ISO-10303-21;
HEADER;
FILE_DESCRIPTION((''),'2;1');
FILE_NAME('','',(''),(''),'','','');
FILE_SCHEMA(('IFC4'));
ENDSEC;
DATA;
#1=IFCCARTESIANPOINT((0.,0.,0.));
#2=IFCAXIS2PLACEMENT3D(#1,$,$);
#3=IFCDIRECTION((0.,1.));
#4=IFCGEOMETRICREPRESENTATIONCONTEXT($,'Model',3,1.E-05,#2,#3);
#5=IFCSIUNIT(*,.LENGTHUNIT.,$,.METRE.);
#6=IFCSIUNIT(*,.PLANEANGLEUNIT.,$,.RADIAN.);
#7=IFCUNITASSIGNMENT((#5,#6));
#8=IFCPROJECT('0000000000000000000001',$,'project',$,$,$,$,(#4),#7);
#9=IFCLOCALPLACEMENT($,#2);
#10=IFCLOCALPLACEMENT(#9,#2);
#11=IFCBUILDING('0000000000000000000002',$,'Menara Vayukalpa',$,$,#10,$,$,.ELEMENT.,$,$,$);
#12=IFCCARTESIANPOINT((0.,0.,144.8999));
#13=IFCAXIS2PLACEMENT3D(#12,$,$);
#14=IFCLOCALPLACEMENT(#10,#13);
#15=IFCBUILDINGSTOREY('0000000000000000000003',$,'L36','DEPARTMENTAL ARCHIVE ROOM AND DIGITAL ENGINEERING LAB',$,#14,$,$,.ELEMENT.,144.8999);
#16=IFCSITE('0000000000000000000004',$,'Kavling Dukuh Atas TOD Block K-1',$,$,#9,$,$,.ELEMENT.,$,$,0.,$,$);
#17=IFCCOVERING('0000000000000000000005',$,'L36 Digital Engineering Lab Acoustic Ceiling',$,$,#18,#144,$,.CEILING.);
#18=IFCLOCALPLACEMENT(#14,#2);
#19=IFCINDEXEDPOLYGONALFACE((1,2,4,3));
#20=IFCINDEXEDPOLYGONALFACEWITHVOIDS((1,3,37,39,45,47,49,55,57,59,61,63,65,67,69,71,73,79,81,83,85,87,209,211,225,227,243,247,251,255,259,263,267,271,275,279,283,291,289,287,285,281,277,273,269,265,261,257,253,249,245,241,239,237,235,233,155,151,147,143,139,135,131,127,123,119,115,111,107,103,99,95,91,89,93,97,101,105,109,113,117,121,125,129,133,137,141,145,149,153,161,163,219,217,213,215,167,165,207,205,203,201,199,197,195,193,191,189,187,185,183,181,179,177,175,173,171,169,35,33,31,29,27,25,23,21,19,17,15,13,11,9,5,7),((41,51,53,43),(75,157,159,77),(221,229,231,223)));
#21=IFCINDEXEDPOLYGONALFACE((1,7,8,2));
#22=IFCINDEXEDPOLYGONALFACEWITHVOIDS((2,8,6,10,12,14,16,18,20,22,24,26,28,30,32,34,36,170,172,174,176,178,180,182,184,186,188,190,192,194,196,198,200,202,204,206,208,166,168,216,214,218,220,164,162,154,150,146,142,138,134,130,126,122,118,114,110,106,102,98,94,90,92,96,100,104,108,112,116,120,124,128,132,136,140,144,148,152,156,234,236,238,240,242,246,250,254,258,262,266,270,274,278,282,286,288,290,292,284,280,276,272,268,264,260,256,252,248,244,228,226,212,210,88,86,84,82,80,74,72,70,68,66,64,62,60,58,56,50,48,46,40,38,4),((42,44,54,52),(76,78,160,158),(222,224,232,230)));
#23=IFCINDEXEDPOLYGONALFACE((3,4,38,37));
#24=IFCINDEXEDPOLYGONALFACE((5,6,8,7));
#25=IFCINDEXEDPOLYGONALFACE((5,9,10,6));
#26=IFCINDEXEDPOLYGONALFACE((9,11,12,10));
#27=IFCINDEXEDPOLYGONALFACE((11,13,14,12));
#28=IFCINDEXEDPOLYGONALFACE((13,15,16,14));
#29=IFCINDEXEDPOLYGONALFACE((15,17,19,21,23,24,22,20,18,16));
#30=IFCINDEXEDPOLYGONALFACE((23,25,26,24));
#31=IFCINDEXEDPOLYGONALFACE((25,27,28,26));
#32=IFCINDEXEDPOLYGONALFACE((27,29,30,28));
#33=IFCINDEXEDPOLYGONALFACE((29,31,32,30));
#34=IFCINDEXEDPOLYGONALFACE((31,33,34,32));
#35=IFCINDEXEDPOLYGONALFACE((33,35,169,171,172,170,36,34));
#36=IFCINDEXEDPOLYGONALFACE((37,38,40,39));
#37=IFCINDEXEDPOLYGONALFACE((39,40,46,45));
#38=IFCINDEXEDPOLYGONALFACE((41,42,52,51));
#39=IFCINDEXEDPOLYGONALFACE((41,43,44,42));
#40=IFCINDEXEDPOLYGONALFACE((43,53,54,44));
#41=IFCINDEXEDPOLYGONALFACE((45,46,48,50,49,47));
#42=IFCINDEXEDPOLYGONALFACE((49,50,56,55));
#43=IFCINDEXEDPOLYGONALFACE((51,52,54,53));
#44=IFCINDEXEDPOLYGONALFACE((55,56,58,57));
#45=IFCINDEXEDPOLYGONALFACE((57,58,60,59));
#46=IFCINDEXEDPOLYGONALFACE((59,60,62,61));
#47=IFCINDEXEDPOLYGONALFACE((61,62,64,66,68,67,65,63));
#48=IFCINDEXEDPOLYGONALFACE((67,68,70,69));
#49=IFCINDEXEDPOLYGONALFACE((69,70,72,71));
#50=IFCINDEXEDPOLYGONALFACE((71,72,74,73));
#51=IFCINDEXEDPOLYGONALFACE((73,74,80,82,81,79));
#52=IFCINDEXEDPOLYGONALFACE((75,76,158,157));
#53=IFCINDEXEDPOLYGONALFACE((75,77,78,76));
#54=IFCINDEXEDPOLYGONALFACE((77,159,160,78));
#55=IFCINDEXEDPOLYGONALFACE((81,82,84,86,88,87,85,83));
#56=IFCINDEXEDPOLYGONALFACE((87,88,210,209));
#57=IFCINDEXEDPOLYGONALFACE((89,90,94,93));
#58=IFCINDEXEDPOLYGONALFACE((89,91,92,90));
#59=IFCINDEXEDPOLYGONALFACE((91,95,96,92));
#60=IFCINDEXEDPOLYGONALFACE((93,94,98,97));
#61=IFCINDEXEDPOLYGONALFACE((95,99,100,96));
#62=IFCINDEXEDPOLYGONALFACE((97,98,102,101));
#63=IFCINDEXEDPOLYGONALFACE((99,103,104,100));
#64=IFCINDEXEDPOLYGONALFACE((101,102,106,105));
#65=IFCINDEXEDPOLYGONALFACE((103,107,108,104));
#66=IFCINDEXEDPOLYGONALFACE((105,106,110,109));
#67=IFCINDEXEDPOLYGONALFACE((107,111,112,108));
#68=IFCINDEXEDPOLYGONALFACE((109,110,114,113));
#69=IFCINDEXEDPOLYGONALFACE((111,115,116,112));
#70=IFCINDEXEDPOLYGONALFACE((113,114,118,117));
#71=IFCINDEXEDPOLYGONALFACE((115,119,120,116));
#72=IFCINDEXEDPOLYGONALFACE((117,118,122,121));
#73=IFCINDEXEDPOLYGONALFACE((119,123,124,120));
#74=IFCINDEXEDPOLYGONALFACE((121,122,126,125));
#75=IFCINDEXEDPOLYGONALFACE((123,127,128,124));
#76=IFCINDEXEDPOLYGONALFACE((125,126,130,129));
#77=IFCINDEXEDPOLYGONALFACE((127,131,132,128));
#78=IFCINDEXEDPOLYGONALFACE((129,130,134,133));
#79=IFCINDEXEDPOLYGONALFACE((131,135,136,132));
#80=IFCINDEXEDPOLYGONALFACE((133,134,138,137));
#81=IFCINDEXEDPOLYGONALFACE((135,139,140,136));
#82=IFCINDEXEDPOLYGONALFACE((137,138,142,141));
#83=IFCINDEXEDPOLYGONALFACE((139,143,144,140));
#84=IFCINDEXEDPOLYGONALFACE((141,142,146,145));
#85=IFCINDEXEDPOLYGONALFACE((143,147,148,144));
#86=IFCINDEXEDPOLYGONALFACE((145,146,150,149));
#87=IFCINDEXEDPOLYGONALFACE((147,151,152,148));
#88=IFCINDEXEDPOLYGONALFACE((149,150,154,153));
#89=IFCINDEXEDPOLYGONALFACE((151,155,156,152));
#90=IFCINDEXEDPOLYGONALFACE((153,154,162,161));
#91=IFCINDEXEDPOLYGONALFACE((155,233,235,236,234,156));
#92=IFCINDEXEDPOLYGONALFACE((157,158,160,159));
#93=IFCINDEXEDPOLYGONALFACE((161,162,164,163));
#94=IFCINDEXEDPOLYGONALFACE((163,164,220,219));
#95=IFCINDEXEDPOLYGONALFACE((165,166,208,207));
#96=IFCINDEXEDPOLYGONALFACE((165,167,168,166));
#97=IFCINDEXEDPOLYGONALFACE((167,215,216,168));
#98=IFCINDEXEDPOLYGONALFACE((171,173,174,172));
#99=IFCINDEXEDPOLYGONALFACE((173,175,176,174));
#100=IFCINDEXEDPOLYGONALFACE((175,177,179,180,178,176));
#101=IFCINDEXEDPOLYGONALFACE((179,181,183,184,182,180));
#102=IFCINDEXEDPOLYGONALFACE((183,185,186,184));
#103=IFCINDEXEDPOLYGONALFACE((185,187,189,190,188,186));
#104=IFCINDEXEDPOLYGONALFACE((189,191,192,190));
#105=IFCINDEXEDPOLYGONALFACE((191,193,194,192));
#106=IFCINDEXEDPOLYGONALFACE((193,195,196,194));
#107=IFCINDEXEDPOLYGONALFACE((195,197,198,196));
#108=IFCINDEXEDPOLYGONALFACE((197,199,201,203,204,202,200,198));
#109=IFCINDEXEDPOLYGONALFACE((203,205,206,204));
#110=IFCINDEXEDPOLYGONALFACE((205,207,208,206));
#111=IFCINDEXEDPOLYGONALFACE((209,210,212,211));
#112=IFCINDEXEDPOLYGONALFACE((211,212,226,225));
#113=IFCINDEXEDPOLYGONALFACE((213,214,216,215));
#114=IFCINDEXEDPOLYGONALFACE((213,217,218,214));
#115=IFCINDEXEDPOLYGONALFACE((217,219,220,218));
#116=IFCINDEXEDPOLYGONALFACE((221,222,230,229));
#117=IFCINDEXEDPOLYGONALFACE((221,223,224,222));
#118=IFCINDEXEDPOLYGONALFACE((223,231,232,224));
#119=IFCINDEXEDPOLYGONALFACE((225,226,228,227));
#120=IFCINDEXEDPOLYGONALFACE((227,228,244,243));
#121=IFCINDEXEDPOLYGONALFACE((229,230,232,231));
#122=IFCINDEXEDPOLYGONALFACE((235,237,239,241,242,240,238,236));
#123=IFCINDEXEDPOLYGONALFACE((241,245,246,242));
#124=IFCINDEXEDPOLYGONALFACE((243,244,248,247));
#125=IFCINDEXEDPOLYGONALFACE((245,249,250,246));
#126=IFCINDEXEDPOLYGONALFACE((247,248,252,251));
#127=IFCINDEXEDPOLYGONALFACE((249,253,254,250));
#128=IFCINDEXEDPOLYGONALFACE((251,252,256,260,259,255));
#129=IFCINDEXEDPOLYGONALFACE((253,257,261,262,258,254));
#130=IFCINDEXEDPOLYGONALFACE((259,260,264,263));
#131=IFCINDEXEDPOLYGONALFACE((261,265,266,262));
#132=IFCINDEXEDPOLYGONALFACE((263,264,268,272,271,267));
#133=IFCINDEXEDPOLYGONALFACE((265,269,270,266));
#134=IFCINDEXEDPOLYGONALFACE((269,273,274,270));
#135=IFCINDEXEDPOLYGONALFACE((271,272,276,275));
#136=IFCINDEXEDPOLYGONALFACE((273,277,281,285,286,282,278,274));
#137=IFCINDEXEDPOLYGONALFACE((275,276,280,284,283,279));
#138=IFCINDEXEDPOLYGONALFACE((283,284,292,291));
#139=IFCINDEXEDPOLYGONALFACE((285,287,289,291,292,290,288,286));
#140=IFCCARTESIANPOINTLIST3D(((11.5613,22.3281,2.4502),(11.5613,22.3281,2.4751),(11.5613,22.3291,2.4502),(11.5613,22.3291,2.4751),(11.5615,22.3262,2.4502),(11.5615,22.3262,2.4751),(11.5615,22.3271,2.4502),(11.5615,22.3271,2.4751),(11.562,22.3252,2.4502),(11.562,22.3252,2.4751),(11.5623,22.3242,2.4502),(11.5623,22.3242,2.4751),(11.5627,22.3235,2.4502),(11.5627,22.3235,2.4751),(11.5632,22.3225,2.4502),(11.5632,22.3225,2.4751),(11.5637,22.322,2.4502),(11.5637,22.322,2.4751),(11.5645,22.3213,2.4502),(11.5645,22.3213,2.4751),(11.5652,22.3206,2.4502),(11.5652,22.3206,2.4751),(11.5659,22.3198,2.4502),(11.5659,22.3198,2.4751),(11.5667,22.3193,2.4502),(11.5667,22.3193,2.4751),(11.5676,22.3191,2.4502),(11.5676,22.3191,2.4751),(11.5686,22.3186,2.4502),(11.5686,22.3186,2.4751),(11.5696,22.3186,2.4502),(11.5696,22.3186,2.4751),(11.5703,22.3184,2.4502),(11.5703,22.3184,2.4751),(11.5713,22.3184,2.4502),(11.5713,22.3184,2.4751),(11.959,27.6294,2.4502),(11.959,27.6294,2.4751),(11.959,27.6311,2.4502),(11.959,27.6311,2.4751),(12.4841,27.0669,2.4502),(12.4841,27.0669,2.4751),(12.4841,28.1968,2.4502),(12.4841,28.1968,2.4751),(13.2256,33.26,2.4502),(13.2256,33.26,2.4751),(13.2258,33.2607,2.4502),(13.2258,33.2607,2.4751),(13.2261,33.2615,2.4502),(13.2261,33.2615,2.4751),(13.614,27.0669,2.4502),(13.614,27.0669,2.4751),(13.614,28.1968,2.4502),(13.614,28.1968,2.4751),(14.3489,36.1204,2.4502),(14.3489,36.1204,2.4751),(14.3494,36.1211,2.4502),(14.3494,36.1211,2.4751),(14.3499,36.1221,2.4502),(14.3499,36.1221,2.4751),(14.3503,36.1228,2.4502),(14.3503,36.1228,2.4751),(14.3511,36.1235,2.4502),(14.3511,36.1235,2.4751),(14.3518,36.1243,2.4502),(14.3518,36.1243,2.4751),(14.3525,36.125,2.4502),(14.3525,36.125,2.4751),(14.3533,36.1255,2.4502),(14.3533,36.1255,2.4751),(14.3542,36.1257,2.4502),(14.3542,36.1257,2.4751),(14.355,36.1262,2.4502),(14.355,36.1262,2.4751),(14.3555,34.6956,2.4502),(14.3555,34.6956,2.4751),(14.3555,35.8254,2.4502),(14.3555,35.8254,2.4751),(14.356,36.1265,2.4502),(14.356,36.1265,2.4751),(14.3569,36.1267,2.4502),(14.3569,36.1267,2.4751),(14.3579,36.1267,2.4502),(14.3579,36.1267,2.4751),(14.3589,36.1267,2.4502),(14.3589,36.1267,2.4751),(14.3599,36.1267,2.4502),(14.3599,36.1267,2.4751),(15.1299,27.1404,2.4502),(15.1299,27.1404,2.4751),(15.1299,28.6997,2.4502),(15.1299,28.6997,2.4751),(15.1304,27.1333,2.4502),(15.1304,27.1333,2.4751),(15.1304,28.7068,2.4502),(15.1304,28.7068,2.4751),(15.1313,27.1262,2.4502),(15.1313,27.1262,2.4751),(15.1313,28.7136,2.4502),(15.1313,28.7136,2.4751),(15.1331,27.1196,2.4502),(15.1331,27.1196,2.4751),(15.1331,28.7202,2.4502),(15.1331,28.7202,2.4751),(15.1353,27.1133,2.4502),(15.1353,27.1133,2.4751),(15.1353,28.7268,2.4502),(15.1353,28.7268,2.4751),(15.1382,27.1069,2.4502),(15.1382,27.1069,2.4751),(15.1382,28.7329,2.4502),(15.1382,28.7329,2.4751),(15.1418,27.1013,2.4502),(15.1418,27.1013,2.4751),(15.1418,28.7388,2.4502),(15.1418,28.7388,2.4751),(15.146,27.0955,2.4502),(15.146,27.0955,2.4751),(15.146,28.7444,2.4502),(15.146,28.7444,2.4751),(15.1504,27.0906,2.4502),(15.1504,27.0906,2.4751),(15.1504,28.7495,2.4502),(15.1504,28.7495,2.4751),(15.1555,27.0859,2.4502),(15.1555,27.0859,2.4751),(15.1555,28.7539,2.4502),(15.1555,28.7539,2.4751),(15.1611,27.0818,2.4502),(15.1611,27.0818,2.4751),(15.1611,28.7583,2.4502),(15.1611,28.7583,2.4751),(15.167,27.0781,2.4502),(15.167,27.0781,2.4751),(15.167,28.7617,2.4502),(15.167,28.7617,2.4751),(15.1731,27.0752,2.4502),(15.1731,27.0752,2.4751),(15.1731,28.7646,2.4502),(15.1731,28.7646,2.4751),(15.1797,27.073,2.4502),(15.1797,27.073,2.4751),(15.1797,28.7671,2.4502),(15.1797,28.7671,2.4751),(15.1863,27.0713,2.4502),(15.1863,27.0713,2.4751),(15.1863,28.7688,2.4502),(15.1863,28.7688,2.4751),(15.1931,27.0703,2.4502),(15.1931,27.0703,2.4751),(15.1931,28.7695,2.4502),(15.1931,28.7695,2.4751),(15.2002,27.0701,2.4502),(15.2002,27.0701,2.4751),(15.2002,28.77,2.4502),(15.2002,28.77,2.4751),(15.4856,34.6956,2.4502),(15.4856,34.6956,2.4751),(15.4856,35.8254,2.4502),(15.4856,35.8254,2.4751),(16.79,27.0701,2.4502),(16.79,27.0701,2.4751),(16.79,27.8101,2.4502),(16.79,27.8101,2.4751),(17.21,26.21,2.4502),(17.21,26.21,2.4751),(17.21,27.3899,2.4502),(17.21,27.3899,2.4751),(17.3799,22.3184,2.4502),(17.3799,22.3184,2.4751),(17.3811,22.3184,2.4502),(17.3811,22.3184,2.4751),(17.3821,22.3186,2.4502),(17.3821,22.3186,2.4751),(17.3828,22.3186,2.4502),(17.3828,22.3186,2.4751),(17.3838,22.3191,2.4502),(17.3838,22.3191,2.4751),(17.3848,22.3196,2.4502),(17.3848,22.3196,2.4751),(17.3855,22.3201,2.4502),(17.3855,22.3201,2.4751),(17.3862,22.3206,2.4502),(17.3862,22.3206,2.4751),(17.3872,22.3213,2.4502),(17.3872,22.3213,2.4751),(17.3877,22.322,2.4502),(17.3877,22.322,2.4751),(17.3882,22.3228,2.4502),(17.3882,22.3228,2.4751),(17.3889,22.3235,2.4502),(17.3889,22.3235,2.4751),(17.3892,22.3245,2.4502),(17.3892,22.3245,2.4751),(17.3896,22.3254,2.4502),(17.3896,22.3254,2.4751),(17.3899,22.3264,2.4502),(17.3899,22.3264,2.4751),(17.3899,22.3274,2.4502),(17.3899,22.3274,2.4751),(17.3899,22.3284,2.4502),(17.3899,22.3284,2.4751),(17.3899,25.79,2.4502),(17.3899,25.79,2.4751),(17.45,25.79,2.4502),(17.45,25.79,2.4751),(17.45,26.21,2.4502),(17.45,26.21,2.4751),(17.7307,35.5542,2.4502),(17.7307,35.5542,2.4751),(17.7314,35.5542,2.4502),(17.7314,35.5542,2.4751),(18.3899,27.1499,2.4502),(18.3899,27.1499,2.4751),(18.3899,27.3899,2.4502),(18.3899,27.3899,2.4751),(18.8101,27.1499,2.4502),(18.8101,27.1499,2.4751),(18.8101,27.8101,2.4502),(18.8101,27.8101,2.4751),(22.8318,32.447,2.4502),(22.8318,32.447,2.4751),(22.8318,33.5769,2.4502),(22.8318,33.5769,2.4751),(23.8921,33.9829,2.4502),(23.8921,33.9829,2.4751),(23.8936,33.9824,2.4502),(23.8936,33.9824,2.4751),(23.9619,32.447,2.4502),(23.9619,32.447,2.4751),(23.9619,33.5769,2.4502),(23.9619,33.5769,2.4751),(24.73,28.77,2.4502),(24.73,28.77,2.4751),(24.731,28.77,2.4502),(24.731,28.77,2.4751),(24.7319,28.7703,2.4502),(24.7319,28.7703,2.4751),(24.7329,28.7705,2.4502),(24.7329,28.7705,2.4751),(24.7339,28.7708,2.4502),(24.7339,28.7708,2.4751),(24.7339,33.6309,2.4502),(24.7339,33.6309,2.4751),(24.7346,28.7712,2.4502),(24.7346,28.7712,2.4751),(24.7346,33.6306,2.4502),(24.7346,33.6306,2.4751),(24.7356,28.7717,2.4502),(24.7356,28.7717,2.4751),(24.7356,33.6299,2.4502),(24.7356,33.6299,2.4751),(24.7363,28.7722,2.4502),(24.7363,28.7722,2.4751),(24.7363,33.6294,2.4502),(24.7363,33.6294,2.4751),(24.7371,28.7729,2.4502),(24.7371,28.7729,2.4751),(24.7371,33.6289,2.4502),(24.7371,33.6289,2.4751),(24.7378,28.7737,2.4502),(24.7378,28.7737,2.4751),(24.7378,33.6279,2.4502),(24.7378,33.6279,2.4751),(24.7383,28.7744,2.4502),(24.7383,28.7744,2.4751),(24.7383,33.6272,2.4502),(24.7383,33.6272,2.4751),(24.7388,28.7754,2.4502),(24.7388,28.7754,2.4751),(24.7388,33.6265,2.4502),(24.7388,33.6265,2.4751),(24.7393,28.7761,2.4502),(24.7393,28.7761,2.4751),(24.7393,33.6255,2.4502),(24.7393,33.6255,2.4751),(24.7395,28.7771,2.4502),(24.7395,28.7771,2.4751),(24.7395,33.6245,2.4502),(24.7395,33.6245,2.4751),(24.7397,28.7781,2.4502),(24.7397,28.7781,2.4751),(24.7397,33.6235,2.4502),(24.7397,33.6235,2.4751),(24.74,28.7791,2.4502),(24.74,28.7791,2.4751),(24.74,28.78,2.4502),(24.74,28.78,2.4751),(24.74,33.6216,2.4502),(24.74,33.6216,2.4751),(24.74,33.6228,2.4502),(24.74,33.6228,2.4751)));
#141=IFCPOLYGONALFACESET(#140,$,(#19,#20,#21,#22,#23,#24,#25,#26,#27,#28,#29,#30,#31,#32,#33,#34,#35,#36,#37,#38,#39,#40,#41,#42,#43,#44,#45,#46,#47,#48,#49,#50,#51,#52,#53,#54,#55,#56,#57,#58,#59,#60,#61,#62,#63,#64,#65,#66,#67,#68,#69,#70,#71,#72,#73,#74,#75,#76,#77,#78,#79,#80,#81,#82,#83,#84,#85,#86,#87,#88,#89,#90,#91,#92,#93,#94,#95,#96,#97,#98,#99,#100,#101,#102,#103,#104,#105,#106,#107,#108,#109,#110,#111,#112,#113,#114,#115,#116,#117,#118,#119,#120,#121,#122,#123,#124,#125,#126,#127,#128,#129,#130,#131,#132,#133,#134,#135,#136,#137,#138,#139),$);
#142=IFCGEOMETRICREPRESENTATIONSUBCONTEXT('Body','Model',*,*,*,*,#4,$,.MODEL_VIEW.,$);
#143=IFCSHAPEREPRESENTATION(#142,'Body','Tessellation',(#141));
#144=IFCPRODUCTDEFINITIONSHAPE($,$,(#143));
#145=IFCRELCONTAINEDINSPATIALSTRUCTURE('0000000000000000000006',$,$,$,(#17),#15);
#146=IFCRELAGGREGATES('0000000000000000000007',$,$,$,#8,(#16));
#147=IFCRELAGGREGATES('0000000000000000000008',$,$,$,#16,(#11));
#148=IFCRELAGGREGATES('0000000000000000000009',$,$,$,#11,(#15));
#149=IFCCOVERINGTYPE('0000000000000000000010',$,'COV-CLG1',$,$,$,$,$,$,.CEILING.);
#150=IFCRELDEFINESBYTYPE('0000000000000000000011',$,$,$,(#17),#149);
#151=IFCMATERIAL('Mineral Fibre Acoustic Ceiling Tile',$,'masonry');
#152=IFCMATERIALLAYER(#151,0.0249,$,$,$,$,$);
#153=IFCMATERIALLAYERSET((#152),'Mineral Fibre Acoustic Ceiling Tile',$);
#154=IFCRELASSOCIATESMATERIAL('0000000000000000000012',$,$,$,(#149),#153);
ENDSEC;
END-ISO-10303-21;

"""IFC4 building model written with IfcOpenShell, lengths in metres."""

from ifc_helpers import new_model, si_unit, direction, frame, origin, place, context, subcontext, project, spatial, polyline, outline, extrude, material, layer, layer_set, type_object, element, save


model = new_model("IFC4")

# Units and contexts
model_context = context("Model", 3, precision=1e-05, world=origin(), true_north=direction((0.0, 1.0)))
body_context = subcontext(model_context, "Body", "Model", "MODEL_VIEW")
ifc_project = project(units=[si_unit("LENGTHUNIT", "METRE"), si_unit("PLANEANGLEUNIT", "RADIAN")], contexts=[model_context])

# Site, building, storey
site_placement = place(None, origin())
site = spatial("IfcSite", under=ifc_project, at=site_placement, Name="Kavling Dukuh Atas TOD Block K-1", CompositionType="ELEMENT", RefElevation=0.0)
building_placement = place(site_placement, origin())
building = spatial("IfcBuilding", under=site, at=building_placement, Name="Menara Vayukalpa", CompositionType="ELEMENT")
storey_placement = place(building_placement, frame((0.0, 0.0, 144.8999)))
storey = spatial("IfcBuildingStorey", under=building, at=storey_placement, Name="L36", Description="DEPARTMENTAL ARCHIVE ROOM AND DIGITAL ENGINEERING LAB", CompositionType="ELEMENT", Elevation=144.8999)

# Covering
ifc_material_1 = material(Name="Mineral Fibre Acoustic Ceiling Tile", Category="masonry")
ifc_layer_1 = layer(ifc_material_1, 0.0249)
ifc_layer_set_1 = layer_set([ifc_layer_1], Name="Mineral Fibre Acoustic Ceiling Tile")
covering_type_1 = type_object("IfcCoveringType", Name="COV-CLG1", PredefinedType="CEILING", material=ifc_layer_set_1)
covering_1_placement = place(storey_placement, frame((0.0, 0.0, 2.4502)))
element("IfcCovering", 1, at=covering_1_placement, inside=storey, type_object=covering_type_1, Name="L36 Digital Engineering Lab Acoustic Ceiling", PredefinedType="CEILING", context=body_context, shape_type="SweptSolid", body=[
    extrude(outline(polyline([(18.8101, 27.1499), (18.3899, 27.1499), (18.3899, 27.3899), (17.21, 27.3899), (17.21, 26.21), (17.45, 26.21), (17.45, 25.79), (17.3899, 25.79), (17.3899, 22.3284), (17.3899, 22.3274), (17.3899, 22.3264), (17.3896, 22.3254), (17.3892, 22.3245), (17.3889, 22.3235), (17.3882, 22.3228), (17.3877, 22.322), (17.3872, 22.3213), (17.3862, 22.3206), (17.3855, 22.3201), (17.3848, 22.3196), (17.3838, 22.3191), (17.3828, 22.3186), (17.3821, 22.3186), (17.3811, 22.3184), (17.3799, 22.3184), (11.5713, 22.3184), (11.5703, 22.3184), (11.5696, 22.3186), (11.5686, 22.3186), (11.5676, 22.3191), (11.5667, 22.3193), (11.5659, 22.3198), (11.5652, 22.3206), (11.5645, 22.3213), (11.5637, 22.322), (11.5632, 22.3225), (11.5627, 22.3235), (11.5623, 22.3242), (11.562, 22.3252), (11.5615, 22.3262), (11.5615, 22.3271), (11.5613, 22.3281), (11.5613, 22.3291), (11.959, 27.6294), (11.959, 27.6311), (13.2256, 33.26), (13.2258, 33.2607), (13.2261, 33.2615), (14.3489, 36.1204), (14.3494, 36.1211), (14.3499, 36.1221), (14.3503, 36.1228), (14.3511, 36.1235), (14.3518, 36.1243), (14.3525, 36.125), (14.3533, 36.1255), (14.3542, 36.1257), (14.355, 36.1262), (14.356, 36.1265), (14.3569, 36.1267), (14.3579, 36.1267), (14.3589, 36.1267), (14.3599, 36.1267), (17.7307, 35.5542), (17.7314, 35.5542), (23.8921, 33.9829), (23.8936, 33.9824), (24.7339, 33.6309), (24.7346, 33.6306), (24.7356, 33.6299), (24.7363, 33.6294), (24.7371, 33.6289), (24.7378, 33.6279), (24.7383, 33.6272), (24.7388, 33.6265), (24.7393, 33.6255), (24.7395, 33.6245), (24.7397, 33.6235), (24.74, 33.6228), (24.74, 33.6216), (24.74, 28.78), (24.74, 28.7791), (24.7397, 28.7781), (24.7395, 28.7771), (24.7393, 28.7761), (24.7388, 28.7754), (24.7383, 28.7744), (24.7378, 28.7737), (24.7371, 28.7729), (24.7363, 28.7722), (24.7356, 28.7717), (24.7346, 28.7712), (24.7339, 28.7708), (24.7329, 28.7705), (24.7319, 28.7703), (24.731, 28.77), (24.73, 28.77), (15.2002, 28.77), (15.1931, 28.7695), (15.1863, 28.7688), (15.1797, 28.7671), (15.1731, 28.7646), (15.167, 28.7617), (15.1611, 28.7583), (15.1555, 28.7539), (15.1504, 28.7495), (15.146, 28.7444), (15.1418, 28.7388), (15.1382, 28.7329), (15.1353, 28.7268), (15.1331, 28.7202), (15.1313, 28.7136), (15.1304, 28.7068), (15.1299, 28.6997), (15.1299, 27.1404), (15.1304, 27.1333), (15.1313, 27.1262), (15.1331, 27.1196), (15.1353, 27.1133), (15.1382, 27.1069), (15.1418, 27.1013), (15.146, 27.0955), (15.1504, 27.0906), (15.1555, 27.0859), (15.1611, 27.0818), (15.167, 27.0781), (15.1731, 27.0752), (15.1797, 27.073), (15.1863, 27.0713), (15.1931, 27.0703), (15.2002, 27.0701), (16.79, 27.0701), (16.79, 27.8101), (18.8101, 27.8101), (18.8101, 27.1499)]), holes=[polyline([(13.614, 28.1968), (12.4841, 28.1968), (12.4841, 27.0669), (13.614, 27.0669), (13.614, 28.1968)]), polyline([(15.4856, 35.8254), (14.3555, 35.8254), (14.3555, 34.6956), (15.4856, 34.6956), (15.4856, 35.8254)]), polyline([(23.9619, 33.5769), (22.8318, 33.5769), (22.8318, 32.447), (23.9619, 32.447), (23.9619, 33.5769)])]), origin(), (0.0, 0.0, 1.0), 0.0249),
])

save(model, "model.ifc")
